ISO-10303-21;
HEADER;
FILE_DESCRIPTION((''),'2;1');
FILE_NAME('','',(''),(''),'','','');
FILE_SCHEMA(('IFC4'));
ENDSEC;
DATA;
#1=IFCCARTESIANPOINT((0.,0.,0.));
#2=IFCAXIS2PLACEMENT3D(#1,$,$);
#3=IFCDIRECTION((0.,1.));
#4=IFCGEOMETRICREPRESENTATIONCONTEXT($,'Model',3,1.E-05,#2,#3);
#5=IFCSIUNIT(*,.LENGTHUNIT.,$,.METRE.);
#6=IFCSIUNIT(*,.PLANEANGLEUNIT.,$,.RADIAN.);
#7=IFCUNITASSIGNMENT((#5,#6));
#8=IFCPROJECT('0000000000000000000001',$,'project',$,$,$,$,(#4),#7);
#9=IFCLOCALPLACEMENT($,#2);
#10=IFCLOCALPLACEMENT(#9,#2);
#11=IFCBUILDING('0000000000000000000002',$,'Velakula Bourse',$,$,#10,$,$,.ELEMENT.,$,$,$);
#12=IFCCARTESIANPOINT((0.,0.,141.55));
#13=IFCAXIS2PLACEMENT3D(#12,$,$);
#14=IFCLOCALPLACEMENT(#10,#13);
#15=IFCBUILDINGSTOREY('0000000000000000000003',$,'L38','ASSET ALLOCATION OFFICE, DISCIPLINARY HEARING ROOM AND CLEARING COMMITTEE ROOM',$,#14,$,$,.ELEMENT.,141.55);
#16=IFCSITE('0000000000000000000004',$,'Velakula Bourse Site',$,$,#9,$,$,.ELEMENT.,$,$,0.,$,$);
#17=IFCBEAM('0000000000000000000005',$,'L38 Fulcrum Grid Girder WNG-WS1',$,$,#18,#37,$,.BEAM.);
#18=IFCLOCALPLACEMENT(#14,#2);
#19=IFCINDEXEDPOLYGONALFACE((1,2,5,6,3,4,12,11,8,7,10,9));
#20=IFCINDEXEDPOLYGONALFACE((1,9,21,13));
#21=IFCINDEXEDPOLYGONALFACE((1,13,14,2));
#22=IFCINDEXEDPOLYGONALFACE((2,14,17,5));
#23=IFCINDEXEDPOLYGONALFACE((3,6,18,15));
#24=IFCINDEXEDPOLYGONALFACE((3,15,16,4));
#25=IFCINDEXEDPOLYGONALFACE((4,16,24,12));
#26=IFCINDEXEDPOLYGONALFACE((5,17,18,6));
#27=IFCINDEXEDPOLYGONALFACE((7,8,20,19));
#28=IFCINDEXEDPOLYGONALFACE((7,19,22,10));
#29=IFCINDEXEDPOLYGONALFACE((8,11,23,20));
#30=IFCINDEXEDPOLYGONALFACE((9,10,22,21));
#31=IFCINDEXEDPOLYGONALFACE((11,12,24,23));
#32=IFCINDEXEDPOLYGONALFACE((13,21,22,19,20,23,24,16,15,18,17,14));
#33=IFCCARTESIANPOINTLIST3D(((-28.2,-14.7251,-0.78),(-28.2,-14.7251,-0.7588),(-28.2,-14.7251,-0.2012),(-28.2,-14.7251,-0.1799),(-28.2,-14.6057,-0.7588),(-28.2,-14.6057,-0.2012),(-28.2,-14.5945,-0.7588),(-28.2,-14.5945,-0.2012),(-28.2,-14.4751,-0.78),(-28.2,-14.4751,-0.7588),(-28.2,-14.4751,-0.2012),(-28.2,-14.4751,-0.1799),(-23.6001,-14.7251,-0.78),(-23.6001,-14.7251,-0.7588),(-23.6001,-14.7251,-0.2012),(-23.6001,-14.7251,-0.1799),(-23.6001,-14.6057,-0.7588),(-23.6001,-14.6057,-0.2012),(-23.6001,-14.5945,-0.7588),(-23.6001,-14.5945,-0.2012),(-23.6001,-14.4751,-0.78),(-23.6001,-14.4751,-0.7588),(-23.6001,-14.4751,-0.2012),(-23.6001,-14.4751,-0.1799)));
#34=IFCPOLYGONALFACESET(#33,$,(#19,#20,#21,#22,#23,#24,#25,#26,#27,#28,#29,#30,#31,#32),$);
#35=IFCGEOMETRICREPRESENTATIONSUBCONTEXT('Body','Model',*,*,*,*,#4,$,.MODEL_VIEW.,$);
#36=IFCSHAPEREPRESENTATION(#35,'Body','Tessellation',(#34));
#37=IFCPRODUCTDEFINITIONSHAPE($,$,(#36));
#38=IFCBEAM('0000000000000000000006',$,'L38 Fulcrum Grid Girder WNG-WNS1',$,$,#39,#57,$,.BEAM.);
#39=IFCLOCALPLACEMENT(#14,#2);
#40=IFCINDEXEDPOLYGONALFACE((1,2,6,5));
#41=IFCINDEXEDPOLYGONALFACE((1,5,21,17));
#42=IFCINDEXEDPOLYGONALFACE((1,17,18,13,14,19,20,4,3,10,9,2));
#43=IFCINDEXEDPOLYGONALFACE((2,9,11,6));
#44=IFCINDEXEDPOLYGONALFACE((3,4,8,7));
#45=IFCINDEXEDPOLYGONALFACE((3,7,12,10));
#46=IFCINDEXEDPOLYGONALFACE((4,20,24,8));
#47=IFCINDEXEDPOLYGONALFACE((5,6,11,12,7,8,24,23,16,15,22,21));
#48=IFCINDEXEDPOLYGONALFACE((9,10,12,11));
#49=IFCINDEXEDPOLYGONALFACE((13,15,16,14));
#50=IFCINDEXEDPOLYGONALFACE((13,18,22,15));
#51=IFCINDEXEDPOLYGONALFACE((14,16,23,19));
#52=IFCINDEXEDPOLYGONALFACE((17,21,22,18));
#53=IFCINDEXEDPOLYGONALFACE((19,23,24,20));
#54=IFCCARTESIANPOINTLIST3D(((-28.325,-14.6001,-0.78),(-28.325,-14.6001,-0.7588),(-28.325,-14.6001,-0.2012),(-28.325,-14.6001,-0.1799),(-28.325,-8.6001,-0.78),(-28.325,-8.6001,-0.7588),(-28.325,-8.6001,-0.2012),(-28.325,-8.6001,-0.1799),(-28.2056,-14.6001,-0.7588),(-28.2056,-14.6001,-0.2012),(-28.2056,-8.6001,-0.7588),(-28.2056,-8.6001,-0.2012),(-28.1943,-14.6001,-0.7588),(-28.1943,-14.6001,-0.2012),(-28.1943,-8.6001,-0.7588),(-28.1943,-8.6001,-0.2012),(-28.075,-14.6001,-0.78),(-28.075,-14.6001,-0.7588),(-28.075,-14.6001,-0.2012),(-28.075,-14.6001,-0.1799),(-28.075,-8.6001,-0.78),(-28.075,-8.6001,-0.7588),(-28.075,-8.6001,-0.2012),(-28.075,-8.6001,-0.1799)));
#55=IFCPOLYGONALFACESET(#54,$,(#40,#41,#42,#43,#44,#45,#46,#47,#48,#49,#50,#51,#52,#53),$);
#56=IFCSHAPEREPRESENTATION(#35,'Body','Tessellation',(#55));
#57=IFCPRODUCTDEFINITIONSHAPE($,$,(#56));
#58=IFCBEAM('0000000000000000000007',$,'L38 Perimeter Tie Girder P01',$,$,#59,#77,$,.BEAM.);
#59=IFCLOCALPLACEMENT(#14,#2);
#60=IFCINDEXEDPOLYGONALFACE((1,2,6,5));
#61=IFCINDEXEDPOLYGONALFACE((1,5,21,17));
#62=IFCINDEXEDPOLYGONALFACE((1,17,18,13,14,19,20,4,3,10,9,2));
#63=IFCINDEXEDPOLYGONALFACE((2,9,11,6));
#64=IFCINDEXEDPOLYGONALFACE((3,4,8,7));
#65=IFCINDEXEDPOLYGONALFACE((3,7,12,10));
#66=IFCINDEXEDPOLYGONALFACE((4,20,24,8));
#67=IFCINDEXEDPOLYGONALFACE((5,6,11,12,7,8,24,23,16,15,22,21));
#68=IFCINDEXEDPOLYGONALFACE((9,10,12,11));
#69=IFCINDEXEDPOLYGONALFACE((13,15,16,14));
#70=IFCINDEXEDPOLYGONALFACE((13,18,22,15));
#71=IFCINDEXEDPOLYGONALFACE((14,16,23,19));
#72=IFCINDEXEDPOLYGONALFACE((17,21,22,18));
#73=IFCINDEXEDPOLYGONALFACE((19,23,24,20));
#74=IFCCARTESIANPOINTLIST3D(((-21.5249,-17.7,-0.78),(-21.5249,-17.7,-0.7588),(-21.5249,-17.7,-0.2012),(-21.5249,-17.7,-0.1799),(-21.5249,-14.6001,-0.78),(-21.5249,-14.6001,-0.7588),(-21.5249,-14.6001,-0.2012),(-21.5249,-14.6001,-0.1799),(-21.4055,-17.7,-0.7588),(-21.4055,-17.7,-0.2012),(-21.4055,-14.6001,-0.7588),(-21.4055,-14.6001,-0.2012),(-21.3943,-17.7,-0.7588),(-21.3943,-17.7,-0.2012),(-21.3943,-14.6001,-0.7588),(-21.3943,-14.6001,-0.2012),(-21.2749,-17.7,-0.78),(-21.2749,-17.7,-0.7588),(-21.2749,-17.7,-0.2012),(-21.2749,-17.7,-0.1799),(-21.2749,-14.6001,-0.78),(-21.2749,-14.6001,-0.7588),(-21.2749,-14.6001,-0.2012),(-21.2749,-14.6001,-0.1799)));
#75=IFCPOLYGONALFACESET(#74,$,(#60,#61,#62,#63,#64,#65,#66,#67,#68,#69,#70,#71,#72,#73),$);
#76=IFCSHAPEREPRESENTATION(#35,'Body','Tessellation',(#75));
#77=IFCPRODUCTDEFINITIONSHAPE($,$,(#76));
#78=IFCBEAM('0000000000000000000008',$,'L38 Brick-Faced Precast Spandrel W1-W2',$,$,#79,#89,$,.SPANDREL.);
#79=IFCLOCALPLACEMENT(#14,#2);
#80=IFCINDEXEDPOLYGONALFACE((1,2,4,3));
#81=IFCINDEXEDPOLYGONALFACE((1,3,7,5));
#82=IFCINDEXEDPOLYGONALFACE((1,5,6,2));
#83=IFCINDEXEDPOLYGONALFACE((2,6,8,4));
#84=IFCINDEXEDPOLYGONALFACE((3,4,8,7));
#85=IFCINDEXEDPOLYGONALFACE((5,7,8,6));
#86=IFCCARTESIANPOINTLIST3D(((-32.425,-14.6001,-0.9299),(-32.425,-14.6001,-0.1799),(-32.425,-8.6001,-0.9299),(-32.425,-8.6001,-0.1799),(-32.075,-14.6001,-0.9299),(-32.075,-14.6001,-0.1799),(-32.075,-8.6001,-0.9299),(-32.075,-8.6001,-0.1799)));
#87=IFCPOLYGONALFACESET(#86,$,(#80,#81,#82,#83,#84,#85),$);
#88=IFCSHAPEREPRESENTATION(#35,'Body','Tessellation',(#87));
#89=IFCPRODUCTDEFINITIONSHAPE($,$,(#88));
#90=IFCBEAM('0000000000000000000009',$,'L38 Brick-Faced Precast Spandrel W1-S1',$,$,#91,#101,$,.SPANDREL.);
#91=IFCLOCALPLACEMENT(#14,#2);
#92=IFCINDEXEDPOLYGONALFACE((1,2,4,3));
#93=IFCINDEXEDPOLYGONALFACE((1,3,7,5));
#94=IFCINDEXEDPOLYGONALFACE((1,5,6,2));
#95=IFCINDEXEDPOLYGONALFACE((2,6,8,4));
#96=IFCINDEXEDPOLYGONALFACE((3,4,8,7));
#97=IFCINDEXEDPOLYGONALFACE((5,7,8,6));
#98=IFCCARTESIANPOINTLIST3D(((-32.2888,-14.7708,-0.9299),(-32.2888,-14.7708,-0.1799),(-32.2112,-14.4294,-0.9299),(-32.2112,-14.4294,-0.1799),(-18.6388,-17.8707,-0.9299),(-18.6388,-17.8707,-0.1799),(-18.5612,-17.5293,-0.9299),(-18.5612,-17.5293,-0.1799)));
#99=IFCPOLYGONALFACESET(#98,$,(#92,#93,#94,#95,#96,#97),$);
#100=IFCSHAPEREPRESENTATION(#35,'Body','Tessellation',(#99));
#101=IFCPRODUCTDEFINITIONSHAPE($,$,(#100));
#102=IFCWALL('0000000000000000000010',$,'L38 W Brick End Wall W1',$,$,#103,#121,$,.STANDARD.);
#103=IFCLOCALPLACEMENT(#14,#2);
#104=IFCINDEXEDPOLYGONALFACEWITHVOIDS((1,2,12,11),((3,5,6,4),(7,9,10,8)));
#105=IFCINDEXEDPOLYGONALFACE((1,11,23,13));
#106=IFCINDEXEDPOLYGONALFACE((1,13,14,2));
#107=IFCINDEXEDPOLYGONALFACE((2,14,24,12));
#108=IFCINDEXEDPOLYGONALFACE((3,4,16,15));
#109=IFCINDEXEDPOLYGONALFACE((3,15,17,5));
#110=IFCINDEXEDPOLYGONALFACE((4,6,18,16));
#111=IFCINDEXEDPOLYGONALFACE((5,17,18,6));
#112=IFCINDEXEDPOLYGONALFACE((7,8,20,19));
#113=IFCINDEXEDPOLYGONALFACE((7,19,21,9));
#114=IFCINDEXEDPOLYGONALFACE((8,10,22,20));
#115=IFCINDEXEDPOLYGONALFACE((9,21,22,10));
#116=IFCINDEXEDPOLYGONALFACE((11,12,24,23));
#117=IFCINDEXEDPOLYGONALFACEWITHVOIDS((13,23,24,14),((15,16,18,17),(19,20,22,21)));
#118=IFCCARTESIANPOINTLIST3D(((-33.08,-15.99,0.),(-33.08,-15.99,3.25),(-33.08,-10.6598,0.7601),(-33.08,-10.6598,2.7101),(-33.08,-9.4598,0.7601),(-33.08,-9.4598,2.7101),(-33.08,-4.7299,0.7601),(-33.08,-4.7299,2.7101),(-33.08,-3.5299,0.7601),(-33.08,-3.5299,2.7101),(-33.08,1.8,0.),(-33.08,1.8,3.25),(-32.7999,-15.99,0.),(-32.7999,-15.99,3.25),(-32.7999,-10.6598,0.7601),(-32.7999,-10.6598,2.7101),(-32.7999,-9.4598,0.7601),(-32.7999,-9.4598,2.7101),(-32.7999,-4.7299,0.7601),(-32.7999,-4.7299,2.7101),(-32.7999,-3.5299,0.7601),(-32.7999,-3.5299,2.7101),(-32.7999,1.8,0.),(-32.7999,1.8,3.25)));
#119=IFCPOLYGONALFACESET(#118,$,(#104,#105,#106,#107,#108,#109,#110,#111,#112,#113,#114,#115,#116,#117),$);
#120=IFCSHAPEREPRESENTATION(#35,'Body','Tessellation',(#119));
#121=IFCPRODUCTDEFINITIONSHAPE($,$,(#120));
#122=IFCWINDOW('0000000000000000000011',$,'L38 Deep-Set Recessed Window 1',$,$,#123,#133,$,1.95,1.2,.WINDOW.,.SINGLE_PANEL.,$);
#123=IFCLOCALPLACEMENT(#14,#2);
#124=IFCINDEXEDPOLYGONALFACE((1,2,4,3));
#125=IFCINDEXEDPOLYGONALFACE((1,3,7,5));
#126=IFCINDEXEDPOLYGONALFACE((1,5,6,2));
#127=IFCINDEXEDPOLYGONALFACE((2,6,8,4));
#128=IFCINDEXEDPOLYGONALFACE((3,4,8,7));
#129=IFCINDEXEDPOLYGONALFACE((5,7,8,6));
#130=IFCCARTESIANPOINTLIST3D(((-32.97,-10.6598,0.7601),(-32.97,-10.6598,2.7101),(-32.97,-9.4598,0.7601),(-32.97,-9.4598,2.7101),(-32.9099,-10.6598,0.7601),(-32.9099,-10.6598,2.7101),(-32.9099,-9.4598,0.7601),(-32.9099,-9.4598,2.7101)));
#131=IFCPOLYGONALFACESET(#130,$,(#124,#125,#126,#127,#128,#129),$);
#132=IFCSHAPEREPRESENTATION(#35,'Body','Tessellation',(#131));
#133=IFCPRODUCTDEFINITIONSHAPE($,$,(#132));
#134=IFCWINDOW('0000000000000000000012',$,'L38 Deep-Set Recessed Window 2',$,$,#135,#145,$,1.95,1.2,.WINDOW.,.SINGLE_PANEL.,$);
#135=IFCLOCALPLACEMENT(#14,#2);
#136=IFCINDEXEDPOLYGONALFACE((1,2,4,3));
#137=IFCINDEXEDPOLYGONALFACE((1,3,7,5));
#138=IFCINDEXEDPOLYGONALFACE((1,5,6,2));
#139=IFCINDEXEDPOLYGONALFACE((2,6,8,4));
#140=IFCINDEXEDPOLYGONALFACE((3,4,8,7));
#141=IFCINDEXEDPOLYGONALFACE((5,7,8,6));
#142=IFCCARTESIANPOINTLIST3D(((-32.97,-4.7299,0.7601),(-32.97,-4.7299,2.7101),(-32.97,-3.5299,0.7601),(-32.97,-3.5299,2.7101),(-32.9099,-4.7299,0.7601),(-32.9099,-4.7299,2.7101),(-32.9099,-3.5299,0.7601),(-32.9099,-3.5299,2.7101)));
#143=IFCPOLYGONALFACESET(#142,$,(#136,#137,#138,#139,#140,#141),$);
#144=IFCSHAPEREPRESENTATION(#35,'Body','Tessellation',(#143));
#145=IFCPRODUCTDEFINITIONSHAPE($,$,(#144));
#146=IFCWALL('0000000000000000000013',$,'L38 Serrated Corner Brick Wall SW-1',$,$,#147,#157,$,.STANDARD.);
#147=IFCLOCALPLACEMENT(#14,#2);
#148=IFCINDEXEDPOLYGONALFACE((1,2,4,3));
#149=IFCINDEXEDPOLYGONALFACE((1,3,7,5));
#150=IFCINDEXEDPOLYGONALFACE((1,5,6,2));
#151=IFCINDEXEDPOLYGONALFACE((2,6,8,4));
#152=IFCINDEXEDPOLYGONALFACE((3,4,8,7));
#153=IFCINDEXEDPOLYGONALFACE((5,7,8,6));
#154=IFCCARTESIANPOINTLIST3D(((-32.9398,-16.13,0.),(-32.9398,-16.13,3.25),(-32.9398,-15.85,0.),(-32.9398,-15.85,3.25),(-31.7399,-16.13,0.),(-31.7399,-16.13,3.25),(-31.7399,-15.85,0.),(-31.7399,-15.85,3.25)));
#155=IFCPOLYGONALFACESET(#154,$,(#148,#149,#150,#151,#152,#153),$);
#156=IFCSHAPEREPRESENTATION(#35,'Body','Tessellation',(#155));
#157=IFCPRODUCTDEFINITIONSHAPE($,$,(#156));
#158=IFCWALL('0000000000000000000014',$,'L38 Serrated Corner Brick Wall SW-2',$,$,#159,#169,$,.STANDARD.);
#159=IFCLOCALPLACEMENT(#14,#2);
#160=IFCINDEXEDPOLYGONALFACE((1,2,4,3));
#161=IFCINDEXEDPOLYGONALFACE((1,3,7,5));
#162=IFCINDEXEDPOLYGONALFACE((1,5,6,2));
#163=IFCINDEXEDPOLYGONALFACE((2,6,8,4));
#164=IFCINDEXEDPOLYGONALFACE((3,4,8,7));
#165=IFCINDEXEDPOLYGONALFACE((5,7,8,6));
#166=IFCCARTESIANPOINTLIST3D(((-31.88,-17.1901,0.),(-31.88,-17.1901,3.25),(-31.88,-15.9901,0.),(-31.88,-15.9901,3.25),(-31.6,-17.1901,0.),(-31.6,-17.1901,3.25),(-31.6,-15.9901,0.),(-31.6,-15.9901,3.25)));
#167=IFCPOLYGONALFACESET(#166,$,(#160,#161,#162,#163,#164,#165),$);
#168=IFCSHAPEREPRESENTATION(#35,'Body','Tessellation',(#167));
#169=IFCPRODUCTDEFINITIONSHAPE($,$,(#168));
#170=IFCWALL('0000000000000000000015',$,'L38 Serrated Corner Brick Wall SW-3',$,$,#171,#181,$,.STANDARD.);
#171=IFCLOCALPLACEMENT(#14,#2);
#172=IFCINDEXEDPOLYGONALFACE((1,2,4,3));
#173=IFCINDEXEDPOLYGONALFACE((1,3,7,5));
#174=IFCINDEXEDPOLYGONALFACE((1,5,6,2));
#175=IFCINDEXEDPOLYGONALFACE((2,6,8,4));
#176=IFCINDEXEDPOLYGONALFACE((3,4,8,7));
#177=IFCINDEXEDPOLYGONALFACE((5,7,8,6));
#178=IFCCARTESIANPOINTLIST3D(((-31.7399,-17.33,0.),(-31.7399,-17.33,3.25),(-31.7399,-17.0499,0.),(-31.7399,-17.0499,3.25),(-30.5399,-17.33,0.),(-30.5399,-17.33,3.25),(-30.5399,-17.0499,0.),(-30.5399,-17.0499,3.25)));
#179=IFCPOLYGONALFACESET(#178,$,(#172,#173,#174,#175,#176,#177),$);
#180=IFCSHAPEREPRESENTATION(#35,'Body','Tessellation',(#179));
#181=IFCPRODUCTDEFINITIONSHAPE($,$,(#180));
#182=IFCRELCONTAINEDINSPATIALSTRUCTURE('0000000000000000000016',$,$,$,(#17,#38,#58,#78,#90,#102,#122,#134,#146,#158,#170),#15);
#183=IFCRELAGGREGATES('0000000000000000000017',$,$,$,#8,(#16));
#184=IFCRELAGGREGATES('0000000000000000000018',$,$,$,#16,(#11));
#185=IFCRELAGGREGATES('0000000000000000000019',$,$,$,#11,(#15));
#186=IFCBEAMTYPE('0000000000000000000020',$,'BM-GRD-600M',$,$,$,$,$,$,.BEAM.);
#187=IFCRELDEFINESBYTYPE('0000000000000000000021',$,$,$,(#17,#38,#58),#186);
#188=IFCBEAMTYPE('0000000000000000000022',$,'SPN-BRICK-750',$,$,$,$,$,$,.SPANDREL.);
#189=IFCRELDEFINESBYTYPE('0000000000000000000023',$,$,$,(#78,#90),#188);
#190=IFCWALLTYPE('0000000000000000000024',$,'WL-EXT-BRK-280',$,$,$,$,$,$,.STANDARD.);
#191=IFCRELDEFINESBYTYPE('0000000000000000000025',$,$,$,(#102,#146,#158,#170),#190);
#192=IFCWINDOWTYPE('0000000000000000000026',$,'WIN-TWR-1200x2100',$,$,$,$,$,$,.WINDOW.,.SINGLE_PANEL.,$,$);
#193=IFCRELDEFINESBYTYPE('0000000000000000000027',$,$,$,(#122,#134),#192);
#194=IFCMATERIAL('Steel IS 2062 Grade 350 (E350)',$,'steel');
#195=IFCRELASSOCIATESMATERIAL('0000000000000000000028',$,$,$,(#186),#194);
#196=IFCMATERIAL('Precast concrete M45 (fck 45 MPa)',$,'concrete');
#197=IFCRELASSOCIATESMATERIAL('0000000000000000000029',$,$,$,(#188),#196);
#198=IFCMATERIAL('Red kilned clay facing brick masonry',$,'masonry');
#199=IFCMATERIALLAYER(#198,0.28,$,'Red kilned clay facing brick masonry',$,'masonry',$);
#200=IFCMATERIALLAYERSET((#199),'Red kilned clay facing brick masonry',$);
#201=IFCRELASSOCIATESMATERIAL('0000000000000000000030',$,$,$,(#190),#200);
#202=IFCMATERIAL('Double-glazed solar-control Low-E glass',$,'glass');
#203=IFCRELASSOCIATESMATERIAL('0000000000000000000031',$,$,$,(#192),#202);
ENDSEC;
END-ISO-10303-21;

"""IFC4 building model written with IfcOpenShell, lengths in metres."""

from ifc_helpers import new_model, si_unit, direction, frame, frame_2d, origin, origin_2d, place, context, subcontext, project, spatial, rectangle, i_section, extrude, material, layer, layer_set, material_profile, profile_set, type_object, element, fill, save


model = new_model("IFC4")

# Units and contexts
model_context = context("Model", 3, precision=1e-05, world=origin(), true_north=direction((0.0, 1.0)))
body_context = subcontext(model_context, "Body", "Model", "MODEL_VIEW")
ifc_project = project(units=[si_unit("LENGTHUNIT", "METRE"), si_unit("PLANEANGLEUNIT", "RADIAN")], contexts=[model_context])

# Site, building, storey
site_placement = place(None, origin())
site = spatial("IfcSite", under=ifc_project, at=site_placement, Name="Velakula Bourse Site", CompositionType="ELEMENT", RefElevation=0.0)
building_placement = place(site_placement, origin())
building = spatial("IfcBuilding", under=site, at=building_placement, Name="Velakula Bourse", CompositionType="ELEMENT")
storey_placement = place(building_placement, frame((0.0, 0.0, 141.55)))
storey = spatial("IfcBuildingStorey", under=building, at=storey_placement, Name="L38", Description="ASSET ALLOCATION OFFICE, DISCIPLINARY HEARING ROOM AND CLEARING COMMITTEE ROOM", CompositionType="ELEMENT", Elevation=141.55)

# Shared definitions
ifc_material_1 = material(Name="Steel IS 2062 Grade 350 (E350)", Category="steel")
ifc_material_2 = material(Name="Precast concrete M45 (fck 45 MPa)", Category="concrete")

# Beams
ifc_material_profile_1 = material_profile(ifc_material_1, i_section(OverallWidth=0.25, OverallDepth=0.6001, WebThickness=0.0112, FlangeThickness=0.0212, at=origin_2d()), Name="Steel IS 2062 Grade 350 (E350)")
ifc_profile_set_1 = profile_set([ifc_material_profile_1], Name="Steel IS 2062 Grade 350 (E350)")
beam_type_1 = type_object("IfcBeamType", Name="BM-GRD-600M", PredefinedType="BEAM", material=ifc_profile_set_1)
beam_1_placement = place(storey_placement, frame((-28.2, -14.6001, -0.48), z_axis=(1.0, 0.0, 0.0), x_axis=(0.0, 1.0, 0.0)))
element("IfcBeam", 1, at=beam_1_placement, inside=storey, type_object=beam_type_1, Name="L38 Fulcrum Grid Girder WNG-WS1", PredefinedType="BEAM", context=body_context, shape_type="SweptSolid", body=[
    extrude(i_section(OverallWidth=0.25, OverallDepth=0.6001, WebThickness=0.0112, FlangeThickness=0.0212, at=origin_2d()), origin(), (0.0, 0.0, 1.0), 4.5999),
])
beam_2_placement = place(storey_placement, frame((-28.2, -14.6001, -0.48), z_axis=(0.0, 1.0, 0.0), x_axis=(-1.0, 0.0, 0.0)))
element("IfcBeam", 2, at=beam_2_placement, inside=storey, type_object=beam_type_1, Name="L38 Fulcrum Grid Girder WNG-WNS1", PredefinedType="BEAM", context=body_context, shape_type="SweptSolid", body=[
    extrude(i_section(OverallWidth=0.25, OverallDepth=0.6001, WebThickness=0.0112, FlangeThickness=0.0212, at=origin_2d()), origin(), (0.0, 0.0, 1.0), 6.0),
])
beam_3_placement = place(storey_placement, frame((-21.3999, -14.6001, -0.48), z_axis=(0.0, -1.0, 0.0), x_axis=(1.0, 0.0, 0.0)))
element("IfcBeam", 3, at=beam_3_placement, inside=storey, type_object=beam_type_1, Name="L38 Perimeter Tie Girder P01", PredefinedType="BEAM", context=body_context, shape_type="SweptSolid", body=[
    extrude(i_section(OverallWidth=0.25, OverallDepth=0.6001, WebThickness=0.0112, FlangeThickness=0.0212, at=origin_2d()), origin(), (0.0, 0.0, 1.0), 3.0999),
])
ifc_material_profile_2 = material_profile(ifc_material_2, rectangle(XDim=0.3501, YDim=0.75, at=origin_2d()), Name="Precast concrete M45 (fck 45 MPa)")
ifc_profile_set_2 = profile_set([ifc_material_profile_2], Name="Precast concrete M45 (fck 45 MPa)")
beam_type_2 = type_object("IfcBeamType", Name="SPN-BRICK-750", PredefinedType="SPANDREL", material=ifc_profile_set_2)
beam_4_placement = place(storey_placement, frame((-32.25, -14.6001, -0.5549), z_axis=(0.0, 1.0, 0.0), x_axis=(-1.0, 0.0, 0.0)))
element("IfcBeam", 4, at=beam_4_placement, inside=storey, type_object=beam_type_2, Name="L38 Brick-Faced Precast Spandrel W1-W2", PredefinedType="SPANDREL", context=body_context, shape_type="SweptSolid", body=[
    extrude(rectangle(XDim=0.3501, YDim=0.75, at=origin_2d()), origin(), (0.0, 0.0, 1.0), 6.0),
])
beam_5_placement = place(storey_placement, frame((-32.25, -14.6001, -0.5549), z_axis=(0.97517, -0.221458, 0.0), x_axis=(0.221458, 0.97517, 0.0)))
element("IfcBeam", 5, at=beam_5_placement, inside=storey, type_object=beam_type_2, Name="L38 Brick-Faced Precast Spandrel W1-S1", PredefinedType="SPANDREL", context=body_context, shape_type="SweptSolid", body=[
    extrude(rectangle(XDim=0.3501, YDim=0.75, at=origin_2d()), origin(), (0.0, 0.0, 1.0), 13.9976),
])

# Wall, openings, windows
ifc_material_3 = material(Name="Red kilned clay facing brick masonry", Category="masonry")
ifc_layer_1 = layer(ifc_material_3, 0.28, Name="Red kilned clay facing brick masonry", Category="masonry")
ifc_layer_set_1 = layer_set([ifc_layer_1], Name="Red kilned clay facing brick masonry")
wall_type_1 = type_object("IfcWallType", Name="WL-EXT-BRK-280", PredefinedType="STANDARD", material=ifc_layer_set_1)
wall_1_placement = place(storey_placement, frame((-32.9399, -15.99, 0.0), z_axis=(0.0, 0.0, 1.0), x_axis=(0.0, 1.0, 0.0)))
wall_1 = element("IfcWall", 6, at=wall_1_placement, inside=storey, type_object=wall_type_1, Name="L38 W Brick End Wall W1", PredefinedType="STANDARD", context=body_context, shape_type="SweptSolid", body=[
    extrude(rectangle(XDim=17.79, YDim=0.28, at=frame_2d((8.895, 0.0))), origin(), (0.0, 0.0, 1.0), 3.25),
])
opening_1_placement = place(wall_1_placement, frame((5.3301, 0.0, 0.76)))
opening_1 = element("IfcOpeningElement", 7, at=opening_1_placement, cuts=wall_1, PredefinedType="OPENING", context=body_context, shape_type="SweptSolid", body=[
    extrude(rectangle(XDim=1.2, YDim=1.95, at=frame_2d((0.6001, 0.9751))), frame((0.0, 0.1499, 0.0), z_axis=(0.0, -1.0, 0.0), x_axis=(1.0, 0.0, 0.0)), (0.0, 0.0, 1.0), 0.3),
])
opening_2_placement = place(wall_1_placement, frame((11.26, 0.0, 0.76)))
opening_2 = element("IfcOpeningElement", 8, at=opening_2_placement, cuts=wall_1, PredefinedType="OPENING", context=body_context, shape_type="SweptSolid", body=[
    extrude(rectangle(XDim=1.2, YDim=1.95, at=frame_2d((0.6001, 0.9751))), frame((0.0, 0.1499, 0.0), z_axis=(0.0, -1.0, 0.0), x_axis=(1.0, 0.0, 0.0)), (0.0, 0.0, 1.0), 0.3),
])
ifc_material_4 = material(Name="Double-glazed solar-control Low-E glass", Category="glass")
window_type = type_object("IfcWindowType", Name="WIN-TWR-1200x2100", PartitioningType="SINGLE_PANEL", PredefinedType="WINDOW", material=ifc_material_4)
window_1_placement = place(opening_1_placement, origin())
window_1 = element("IfcWindow", 9, at=window_1_placement, inside=storey, type_object=window_type, Name="L38 Deep-Set Recessed Window 1", OverallHeight=1.95, OverallWidth=1.2, PartitioningType="SINGLE_PANEL", PredefinedType="WINDOW", context=body_context, shape_type="SweptSolid", body=[
    extrude(rectangle(XDim=1.2, YDim=1.95, at=frame_2d((0.6001, 0.9751))), frame((0.0, 0.03, 0.0), z_axis=(0.0, -1.0, 0.0), x_axis=(1.0, 0.0, 0.0)), (0.0, 0.0, 1.0), 0.0601),
])
fill(opening_1, window_1)
window_2_placement = place(opening_2_placement, origin())
window_2 = element("IfcWindow", 10, at=window_2_placement, inside=storey, type_object=window_type, Name="L38 Deep-Set Recessed Window 2", OverallHeight=1.95, OverallWidth=1.2, PartitioningType="SINGLE_PANEL", PredefinedType="WINDOW", context=body_context, shape_type="SweptSolid", body=[
    extrude(rectangle(XDim=1.2, YDim=1.95, at=frame_2d((0.6001, 0.9751))), frame((0.0, 0.03, 0.0), z_axis=(0.0, -1.0, 0.0), x_axis=(1.0, 0.0, 0.0)), (0.0, 0.0, 1.0), 0.0601),
])
fill(opening_2, window_2)

# Walls
for number, where, z_axis, x_axis, name in (
    (11, (-32.9399, -15.99, 0.0), (0.0, 0.0, 1.0), (1.0, 0.0, 0.0), "L38 Serrated Corner Brick Wall SW-1"),
    (12, (-31.74, -15.99, 0.0), (0.0, 0.0, 1.0), (0.0, -1.0, 0.0), "L38 Serrated Corner Brick Wall SW-2"),
    (13, (-31.74, -17.1899, 0.0), (0.0, 0.0, 1.0), (1.0, 0.0, 0.0), "L38 Serrated Corner Brick Wall SW-3"),
):
    element("IfcWall", number, at=place(storey_placement, frame(where, z_axis=z_axis, x_axis=x_axis)), inside=storey, type_object=wall_type_1, Name=name, PredefinedType="STANDARD", context=body_context, shape_type="SweptSolid", body=[
        extrude(rectangle(XDim=1.2, YDim=0.28, at=frame_2d((0.6001, 0.0))), origin(), (0.0, 0.0, 1.0), 3.25),
    ])

save(model, "model.ifc")
